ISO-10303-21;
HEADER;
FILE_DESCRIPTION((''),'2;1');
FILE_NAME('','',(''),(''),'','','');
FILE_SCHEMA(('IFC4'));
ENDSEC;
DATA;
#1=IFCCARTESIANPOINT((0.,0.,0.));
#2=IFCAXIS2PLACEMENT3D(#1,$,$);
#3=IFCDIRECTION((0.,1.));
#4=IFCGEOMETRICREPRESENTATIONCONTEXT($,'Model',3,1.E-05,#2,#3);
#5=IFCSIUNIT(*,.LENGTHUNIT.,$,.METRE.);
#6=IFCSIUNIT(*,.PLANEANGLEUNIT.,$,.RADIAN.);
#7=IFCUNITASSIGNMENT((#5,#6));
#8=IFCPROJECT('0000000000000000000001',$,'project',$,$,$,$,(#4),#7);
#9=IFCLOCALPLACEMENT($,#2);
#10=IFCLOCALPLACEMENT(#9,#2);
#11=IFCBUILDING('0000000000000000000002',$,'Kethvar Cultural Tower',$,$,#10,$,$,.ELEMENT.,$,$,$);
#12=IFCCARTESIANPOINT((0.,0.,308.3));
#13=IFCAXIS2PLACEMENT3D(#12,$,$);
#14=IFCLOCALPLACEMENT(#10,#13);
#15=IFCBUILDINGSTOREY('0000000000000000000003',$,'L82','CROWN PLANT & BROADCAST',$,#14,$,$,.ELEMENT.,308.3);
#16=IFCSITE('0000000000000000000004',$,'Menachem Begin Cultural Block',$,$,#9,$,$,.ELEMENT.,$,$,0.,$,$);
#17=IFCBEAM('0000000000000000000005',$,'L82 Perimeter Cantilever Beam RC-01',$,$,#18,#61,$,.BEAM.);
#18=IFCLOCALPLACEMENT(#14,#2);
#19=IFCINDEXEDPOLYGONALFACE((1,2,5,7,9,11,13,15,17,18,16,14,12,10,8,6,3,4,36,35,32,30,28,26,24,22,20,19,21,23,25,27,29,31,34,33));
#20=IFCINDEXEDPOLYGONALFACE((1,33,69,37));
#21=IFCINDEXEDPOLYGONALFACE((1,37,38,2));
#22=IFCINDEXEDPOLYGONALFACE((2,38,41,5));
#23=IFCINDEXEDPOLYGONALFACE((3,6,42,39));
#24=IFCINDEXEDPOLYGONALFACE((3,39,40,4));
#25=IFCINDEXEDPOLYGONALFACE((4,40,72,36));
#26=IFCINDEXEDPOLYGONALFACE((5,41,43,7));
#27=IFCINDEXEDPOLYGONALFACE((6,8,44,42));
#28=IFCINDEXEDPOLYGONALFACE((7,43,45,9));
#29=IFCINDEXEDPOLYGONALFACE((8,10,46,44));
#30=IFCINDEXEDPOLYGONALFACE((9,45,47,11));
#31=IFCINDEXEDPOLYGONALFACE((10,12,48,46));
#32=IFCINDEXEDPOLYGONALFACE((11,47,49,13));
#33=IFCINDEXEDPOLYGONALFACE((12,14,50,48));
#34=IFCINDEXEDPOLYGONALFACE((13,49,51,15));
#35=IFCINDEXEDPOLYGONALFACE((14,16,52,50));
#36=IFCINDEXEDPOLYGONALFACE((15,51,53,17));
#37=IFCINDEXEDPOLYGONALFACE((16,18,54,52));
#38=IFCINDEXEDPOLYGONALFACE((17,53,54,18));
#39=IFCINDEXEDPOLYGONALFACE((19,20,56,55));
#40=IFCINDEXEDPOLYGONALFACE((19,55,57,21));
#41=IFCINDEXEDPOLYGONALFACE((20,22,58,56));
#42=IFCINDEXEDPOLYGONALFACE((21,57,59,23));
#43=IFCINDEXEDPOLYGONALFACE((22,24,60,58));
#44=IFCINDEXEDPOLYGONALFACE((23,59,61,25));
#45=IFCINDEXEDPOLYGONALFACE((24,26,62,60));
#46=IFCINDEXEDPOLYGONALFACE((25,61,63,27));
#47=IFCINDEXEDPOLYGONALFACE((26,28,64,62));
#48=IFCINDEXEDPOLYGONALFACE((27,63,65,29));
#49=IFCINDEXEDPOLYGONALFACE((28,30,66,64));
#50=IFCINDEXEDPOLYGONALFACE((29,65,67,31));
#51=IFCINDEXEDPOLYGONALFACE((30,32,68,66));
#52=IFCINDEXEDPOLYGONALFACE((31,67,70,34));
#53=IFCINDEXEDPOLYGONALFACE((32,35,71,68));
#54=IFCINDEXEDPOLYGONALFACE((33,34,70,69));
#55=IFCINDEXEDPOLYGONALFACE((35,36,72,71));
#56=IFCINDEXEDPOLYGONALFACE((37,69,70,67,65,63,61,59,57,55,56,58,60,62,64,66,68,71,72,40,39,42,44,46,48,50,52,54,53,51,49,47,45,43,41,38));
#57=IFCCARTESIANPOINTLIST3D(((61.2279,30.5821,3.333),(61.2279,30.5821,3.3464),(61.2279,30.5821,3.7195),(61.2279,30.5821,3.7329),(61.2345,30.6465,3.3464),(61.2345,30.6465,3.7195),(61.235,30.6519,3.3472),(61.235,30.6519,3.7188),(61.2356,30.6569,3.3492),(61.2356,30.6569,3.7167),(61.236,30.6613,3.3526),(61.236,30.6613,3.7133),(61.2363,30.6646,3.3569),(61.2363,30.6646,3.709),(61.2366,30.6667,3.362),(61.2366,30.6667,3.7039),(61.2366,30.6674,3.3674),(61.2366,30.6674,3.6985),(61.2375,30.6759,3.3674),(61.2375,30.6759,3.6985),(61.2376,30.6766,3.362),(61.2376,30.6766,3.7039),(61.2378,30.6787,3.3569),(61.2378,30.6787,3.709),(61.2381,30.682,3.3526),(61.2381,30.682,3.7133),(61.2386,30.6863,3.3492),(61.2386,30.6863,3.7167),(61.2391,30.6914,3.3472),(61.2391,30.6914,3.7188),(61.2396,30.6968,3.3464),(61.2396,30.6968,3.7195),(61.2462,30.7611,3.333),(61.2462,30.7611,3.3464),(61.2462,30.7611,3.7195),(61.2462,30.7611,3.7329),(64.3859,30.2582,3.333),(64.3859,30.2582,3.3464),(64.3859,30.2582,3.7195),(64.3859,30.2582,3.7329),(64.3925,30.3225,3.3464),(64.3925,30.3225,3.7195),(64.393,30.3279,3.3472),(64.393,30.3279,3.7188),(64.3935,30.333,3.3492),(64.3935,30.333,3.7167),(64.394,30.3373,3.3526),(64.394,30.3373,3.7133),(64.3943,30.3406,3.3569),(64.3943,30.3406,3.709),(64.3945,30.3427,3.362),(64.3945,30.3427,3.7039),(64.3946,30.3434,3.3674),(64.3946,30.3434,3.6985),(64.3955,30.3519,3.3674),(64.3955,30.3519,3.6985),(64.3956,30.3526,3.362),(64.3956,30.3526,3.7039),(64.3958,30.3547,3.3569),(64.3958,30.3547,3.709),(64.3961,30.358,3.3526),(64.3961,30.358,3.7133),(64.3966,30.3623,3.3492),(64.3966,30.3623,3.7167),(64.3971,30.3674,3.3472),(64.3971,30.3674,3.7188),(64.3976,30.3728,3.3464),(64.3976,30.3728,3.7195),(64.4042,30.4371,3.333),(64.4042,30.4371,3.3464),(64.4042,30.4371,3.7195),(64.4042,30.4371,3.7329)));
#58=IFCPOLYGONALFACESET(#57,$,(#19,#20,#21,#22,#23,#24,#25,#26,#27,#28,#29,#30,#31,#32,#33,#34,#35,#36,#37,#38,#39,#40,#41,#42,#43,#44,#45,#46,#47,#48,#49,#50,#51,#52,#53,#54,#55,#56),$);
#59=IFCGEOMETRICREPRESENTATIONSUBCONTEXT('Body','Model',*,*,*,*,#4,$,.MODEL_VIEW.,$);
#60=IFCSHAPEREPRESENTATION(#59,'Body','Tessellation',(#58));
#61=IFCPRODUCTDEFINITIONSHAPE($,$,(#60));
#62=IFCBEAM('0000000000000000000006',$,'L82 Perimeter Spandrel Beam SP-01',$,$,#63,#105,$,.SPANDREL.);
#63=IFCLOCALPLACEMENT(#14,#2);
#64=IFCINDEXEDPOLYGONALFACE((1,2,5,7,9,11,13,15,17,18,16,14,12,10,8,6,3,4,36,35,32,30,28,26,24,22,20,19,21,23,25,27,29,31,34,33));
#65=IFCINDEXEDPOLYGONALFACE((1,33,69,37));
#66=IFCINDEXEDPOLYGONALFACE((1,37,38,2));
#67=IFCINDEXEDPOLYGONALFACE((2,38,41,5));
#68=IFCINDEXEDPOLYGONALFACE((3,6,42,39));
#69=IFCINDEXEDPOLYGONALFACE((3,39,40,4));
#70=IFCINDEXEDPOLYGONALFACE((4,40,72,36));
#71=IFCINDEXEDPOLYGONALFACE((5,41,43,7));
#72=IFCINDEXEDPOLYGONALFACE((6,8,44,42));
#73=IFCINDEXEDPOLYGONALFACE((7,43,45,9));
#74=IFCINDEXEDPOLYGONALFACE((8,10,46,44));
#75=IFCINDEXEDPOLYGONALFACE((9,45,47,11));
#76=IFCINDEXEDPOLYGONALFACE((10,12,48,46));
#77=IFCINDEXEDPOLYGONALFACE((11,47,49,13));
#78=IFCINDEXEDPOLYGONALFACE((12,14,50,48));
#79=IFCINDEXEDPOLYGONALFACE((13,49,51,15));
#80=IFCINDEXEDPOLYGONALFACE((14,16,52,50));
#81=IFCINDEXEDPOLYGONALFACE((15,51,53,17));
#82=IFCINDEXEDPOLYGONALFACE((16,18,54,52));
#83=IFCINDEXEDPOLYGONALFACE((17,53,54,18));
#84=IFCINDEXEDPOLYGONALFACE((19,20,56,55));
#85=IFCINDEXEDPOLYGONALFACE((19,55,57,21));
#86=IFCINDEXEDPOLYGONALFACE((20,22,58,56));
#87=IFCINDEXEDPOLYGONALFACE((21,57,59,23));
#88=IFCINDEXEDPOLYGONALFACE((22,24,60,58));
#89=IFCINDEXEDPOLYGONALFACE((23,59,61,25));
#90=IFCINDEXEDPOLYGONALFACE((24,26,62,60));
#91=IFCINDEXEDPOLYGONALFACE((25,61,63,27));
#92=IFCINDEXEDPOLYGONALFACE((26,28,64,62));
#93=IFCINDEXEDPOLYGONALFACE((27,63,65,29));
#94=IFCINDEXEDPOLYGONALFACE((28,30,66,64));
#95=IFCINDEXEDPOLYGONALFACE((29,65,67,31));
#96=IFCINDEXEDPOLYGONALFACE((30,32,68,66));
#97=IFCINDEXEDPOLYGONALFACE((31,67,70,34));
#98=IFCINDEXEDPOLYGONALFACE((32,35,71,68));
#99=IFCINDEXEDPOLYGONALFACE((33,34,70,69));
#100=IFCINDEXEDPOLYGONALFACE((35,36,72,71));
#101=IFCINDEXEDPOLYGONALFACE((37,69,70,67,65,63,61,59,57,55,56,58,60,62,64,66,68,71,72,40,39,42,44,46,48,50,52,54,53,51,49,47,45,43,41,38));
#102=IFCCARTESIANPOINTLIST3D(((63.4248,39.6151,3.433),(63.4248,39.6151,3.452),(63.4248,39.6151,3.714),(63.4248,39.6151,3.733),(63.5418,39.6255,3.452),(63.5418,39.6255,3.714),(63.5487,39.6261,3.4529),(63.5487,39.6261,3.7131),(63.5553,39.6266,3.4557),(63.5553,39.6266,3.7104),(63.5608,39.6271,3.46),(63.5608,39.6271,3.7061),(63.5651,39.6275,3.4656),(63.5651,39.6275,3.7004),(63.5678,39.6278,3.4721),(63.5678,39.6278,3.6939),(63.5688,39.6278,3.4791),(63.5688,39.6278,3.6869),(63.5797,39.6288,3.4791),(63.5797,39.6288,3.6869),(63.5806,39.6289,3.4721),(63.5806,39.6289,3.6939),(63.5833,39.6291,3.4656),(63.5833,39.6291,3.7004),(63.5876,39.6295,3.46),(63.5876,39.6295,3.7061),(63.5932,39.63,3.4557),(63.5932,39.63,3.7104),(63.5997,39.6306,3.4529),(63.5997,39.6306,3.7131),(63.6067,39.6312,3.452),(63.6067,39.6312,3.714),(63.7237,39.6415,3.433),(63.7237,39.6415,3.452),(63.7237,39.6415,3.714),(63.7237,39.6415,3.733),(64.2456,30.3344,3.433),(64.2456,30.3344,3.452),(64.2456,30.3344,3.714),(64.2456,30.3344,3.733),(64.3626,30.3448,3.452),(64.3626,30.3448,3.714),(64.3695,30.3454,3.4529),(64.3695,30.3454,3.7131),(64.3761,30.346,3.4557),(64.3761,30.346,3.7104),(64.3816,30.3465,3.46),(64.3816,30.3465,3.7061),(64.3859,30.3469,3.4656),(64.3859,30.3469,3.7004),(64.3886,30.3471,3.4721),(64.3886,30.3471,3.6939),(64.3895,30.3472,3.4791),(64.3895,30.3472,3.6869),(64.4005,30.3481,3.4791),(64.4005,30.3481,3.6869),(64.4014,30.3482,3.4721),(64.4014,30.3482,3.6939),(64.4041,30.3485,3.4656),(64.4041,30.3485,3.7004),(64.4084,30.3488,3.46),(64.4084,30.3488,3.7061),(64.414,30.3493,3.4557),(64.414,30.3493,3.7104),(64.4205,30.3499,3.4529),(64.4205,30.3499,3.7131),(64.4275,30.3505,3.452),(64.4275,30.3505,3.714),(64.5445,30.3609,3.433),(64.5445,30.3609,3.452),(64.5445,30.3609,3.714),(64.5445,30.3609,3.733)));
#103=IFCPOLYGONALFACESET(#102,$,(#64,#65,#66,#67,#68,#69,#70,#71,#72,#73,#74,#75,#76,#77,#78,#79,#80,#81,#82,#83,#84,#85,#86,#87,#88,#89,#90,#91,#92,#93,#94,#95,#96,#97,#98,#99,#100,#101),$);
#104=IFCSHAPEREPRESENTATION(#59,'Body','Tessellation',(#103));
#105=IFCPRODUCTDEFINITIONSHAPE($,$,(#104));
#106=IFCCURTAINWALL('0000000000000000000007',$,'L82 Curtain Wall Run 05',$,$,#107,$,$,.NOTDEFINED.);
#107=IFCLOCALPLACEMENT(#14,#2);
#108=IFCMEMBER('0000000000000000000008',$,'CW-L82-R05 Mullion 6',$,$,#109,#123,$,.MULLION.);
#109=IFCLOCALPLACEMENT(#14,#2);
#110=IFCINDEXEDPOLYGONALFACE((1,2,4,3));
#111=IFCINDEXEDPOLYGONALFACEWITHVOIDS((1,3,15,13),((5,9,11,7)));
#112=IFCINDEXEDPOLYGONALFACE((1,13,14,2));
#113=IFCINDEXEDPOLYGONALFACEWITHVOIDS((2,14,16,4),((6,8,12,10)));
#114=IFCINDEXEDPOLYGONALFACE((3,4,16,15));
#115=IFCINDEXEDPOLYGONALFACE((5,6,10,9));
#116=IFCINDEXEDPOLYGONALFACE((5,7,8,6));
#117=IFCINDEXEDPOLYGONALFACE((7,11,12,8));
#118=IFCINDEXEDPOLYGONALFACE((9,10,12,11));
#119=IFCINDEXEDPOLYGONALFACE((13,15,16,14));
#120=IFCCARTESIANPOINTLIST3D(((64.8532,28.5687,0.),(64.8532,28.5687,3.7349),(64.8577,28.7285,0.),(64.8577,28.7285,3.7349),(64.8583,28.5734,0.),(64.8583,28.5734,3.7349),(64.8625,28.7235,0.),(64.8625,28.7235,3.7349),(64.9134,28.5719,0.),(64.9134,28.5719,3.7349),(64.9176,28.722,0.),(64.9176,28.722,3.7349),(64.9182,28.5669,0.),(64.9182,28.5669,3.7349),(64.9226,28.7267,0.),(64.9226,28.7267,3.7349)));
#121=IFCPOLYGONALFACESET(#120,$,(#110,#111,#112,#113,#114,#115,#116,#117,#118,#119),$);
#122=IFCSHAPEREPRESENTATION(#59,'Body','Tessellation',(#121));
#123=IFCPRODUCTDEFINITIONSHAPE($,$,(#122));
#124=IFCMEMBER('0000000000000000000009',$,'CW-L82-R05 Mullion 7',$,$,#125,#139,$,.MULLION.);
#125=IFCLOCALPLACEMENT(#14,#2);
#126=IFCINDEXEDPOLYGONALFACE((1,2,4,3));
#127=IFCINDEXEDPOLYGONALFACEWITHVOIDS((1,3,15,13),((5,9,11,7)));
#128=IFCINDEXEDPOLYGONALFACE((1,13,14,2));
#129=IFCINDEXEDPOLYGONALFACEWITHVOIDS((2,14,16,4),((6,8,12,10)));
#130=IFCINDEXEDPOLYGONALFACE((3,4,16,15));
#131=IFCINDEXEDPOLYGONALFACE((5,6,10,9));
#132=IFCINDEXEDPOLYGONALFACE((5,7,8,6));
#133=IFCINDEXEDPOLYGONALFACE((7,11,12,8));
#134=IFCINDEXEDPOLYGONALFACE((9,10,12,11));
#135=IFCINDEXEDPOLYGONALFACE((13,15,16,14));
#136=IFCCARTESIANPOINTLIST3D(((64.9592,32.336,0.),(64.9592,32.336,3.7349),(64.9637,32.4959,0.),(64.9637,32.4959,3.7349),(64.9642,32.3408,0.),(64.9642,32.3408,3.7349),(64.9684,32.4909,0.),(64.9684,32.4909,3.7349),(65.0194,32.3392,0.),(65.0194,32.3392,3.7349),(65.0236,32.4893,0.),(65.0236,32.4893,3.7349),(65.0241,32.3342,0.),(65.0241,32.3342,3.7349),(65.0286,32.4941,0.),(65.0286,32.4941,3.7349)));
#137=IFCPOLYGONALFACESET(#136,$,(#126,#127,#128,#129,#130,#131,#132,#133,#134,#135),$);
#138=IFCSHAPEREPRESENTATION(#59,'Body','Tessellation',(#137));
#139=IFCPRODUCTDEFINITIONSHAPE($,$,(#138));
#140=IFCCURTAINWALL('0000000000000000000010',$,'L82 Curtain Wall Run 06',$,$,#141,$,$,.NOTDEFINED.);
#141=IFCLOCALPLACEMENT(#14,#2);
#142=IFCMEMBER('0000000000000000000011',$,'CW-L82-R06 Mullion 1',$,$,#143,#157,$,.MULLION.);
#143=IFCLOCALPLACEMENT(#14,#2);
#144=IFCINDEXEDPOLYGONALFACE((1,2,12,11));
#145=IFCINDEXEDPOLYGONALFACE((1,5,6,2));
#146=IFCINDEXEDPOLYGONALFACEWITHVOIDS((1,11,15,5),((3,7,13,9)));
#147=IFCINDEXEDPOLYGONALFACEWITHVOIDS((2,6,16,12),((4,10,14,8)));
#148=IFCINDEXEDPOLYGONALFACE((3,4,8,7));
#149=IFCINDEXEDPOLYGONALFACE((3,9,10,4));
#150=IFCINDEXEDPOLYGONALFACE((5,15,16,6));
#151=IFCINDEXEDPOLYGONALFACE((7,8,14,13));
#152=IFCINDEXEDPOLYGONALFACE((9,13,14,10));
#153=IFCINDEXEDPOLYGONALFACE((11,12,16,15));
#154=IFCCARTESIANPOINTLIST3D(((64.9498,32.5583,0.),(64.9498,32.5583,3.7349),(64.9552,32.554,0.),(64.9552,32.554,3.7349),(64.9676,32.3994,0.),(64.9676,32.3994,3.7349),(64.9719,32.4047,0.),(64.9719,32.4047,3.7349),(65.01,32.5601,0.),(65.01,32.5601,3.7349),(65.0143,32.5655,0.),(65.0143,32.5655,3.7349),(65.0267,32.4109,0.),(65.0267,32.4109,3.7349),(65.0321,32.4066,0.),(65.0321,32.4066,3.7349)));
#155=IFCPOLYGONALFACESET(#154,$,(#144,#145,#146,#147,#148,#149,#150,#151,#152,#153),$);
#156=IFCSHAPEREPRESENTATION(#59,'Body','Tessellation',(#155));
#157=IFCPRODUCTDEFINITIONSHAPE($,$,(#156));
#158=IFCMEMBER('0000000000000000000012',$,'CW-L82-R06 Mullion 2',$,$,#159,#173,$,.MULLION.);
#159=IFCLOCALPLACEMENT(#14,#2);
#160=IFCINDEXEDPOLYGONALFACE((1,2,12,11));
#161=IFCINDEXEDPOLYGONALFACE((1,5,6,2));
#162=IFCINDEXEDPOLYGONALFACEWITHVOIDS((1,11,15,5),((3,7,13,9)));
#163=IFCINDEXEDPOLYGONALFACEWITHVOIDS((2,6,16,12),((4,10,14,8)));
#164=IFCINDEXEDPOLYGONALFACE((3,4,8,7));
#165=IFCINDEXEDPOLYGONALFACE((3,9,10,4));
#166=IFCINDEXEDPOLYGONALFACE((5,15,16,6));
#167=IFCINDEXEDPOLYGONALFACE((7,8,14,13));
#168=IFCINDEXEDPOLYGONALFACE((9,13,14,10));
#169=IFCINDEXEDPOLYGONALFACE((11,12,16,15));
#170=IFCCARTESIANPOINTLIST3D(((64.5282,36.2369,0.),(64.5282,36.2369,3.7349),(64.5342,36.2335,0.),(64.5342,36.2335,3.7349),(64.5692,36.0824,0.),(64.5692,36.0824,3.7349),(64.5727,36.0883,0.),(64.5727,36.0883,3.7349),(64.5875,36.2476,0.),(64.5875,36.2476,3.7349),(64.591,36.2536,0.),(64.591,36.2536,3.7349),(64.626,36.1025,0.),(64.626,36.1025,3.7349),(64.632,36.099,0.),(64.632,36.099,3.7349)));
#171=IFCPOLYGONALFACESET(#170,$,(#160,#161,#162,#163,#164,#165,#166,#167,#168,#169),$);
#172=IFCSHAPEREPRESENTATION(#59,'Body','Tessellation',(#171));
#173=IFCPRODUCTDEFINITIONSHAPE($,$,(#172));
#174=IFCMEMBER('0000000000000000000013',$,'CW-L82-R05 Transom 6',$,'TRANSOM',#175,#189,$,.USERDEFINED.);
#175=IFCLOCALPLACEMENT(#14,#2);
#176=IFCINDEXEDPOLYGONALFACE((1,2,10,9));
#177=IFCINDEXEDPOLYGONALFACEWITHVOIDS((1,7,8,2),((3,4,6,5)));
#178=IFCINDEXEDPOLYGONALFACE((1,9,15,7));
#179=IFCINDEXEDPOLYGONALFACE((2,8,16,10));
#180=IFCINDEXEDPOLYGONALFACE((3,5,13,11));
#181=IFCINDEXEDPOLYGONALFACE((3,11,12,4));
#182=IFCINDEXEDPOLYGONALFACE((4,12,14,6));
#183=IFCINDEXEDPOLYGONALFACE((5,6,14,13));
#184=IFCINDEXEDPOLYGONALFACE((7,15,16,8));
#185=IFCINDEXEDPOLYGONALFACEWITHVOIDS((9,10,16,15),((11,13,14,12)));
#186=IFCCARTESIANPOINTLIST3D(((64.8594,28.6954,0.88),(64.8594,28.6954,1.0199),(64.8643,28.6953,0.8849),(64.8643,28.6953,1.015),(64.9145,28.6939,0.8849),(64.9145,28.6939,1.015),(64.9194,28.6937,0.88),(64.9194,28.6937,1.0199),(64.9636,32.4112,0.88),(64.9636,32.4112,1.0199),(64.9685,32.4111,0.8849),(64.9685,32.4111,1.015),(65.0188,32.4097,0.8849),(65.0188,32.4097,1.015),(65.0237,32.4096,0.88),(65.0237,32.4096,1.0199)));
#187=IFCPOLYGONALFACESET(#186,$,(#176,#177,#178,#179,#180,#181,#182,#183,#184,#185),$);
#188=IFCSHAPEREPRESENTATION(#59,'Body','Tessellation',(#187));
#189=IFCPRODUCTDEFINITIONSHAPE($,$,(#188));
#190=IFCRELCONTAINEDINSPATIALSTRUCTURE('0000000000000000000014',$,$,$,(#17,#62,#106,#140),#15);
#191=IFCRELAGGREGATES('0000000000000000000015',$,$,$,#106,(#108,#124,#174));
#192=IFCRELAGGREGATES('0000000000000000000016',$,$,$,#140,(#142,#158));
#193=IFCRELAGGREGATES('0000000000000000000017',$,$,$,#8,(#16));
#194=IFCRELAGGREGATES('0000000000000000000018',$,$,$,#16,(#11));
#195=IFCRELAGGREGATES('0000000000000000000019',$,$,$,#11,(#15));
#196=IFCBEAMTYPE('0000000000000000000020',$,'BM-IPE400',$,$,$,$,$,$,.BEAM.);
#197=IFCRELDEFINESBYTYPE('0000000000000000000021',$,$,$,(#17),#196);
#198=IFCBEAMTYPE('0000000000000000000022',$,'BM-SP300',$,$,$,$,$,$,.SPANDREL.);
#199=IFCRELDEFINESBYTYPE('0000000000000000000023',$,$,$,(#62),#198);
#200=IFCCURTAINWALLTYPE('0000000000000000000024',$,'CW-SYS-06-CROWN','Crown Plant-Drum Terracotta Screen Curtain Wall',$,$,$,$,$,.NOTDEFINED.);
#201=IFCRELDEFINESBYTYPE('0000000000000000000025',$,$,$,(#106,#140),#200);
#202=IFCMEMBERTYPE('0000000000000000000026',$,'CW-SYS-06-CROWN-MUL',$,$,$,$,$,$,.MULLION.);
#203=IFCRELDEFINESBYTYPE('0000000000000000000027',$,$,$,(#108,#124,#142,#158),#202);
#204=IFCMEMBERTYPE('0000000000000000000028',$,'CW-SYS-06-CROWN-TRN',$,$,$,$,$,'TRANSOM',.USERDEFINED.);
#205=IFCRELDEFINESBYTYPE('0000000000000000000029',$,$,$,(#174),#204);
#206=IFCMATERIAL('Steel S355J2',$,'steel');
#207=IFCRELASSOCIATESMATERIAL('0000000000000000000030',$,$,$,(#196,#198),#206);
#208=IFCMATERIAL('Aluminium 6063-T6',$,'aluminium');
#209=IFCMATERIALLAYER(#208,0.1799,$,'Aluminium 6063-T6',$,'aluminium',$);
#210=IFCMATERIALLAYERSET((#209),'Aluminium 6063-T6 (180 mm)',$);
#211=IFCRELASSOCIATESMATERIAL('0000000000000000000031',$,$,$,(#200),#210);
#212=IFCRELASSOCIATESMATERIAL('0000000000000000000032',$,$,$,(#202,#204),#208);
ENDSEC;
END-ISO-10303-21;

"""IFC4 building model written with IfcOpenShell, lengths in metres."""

from ifc_helpers import new_model, si_unit, direction, frame, origin, origin_2d, place, context, subcontext, project, spatial, hollow_rectangle, i_section, extrude, source, transform, mapped, material, layer, layer_set, material_profile, profile_set, type_object, element, aggregate, save


model = new_model("IFC4")

# Units and contexts
model_context = context("Model", 3, precision=1e-05, world=origin(), true_north=direction((0.0, 1.0)))
body_context = subcontext(model_context, "Body", "Model", "MODEL_VIEW")
ifc_project = project(units=[si_unit("LENGTHUNIT", "METRE"), si_unit("PLANEANGLEUNIT", "RADIAN")], contexts=[model_context])

# Site, building, storey
site_placement = place(None, origin())
site = spatial("IfcSite", under=ifc_project, at=site_placement, Name="Menachem Begin Cultural Block", CompositionType="ELEMENT", RefElevation=0.0)
building_placement = place(site_placement, origin())
building = spatial("IfcBuilding", under=site, at=building_placement, Name="Kethvar Cultural Tower", CompositionType="ELEMENT")
storey_placement = place(building_placement, frame((0.0, 0.0, 308.3)))
storey = spatial("IfcBuildingStorey", under=building, at=storey_placement, Name="L82", Description="CROWN PLANT & BROADCAST", CompositionType="ELEMENT", Elevation=308.3)

# Shared definitions
ifc_material_1 = material(Name="Steel S355J2", Category="steel")

# Beams
ifc_material_profile_1 = material_profile(ifc_material_1, i_section(OverallWidth=0.1799, OverallDepth=0.3999, WebThickness=0.0085, FlangeThickness=0.0134, FilletRadius=0.021, at=origin_2d()), Name="Steel S355J2 — IPE400")
ifc_profile_set_1 = profile_set([ifc_material_profile_1], Name="Steel S355J2 — IPE400")
beam_type_1 = type_object("IfcBeamType", Name="BM-IPE400", PredefinedType="BEAM", material=ifc_profile_set_1)
shared_shape_1 = source(origin(), body_context, "Body", "SweptSolid", [
    extrude(i_section(OverallWidth=0.1799, OverallDepth=0.3999, WebThickness=0.0085, FlangeThickness=0.0134, FilletRadius=0.021, at=origin_2d()), origin(), (0.0, 0.0, 1.0), 3.1746),
])
beam_1_placement = place(storey_placement, frame((61.2371, 30.6716, 3.533), z_axis=(0.994779, -0.102054, 0.0), x_axis=(0.102054, 0.994779, 0.0)))
element("IfcBeam", 1, at=beam_1_placement, inside=storey, type_object=beam_type_1, Name="L82 Perimeter Cantilever Beam RC-01", PredefinedType="BEAM", context=body_context, shape_type="MappedRepresentation", body=[
    mapped(shared_shape_1, transform((0.0, 0.0, 0.0), scale=1.0)),
])
ifc_material_profile_2 = material_profile(ifc_material_1, i_section(OverallWidth=0.3, OverallDepth=0.3, WebThickness=0.011, FlangeThickness=0.019, FilletRadius=0.0271, at=origin_2d()), Name="Steel S355J2 — HEB300")
ifc_profile_set_2 = profile_set([ifc_material_profile_2], Name="Steel S355J2 — HEB300")
beam_type_2 = type_object("IfcBeamType", Name="BM-SP300", PredefinedType="SPANDREL", material=ifc_profile_set_2)
shared_shape_2 = source(origin(), body_context, "Body", "SweptSolid", [
    extrude(i_section(OverallWidth=0.3, OverallDepth=0.3, WebThickness=0.011, FlangeThickness=0.019, FilletRadius=0.0271, at=origin_2d()), origin(), (0.0, 0.0, 1.0), 9.3169),
])
beam_2_placement = place(storey_placement, frame((64.395, 30.3477, 3.583), z_axis=(-0.088097, 0.996112, 0.0), x_axis=(-0.996112, -0.088097, 0.0)))
element("IfcBeam", 2, at=beam_2_placement, inside=storey, type_object=beam_type_2, Name="L82 Perimeter Spandrel Beam SP-01", PredefinedType="SPANDREL", context=body_context, shape_type="MappedRepresentation", body=[
    mapped(shared_shape_2, transform((0.0, 0.0, 0.0), scale=1.0)),
])

# Curtain walls, members
ifc_material_2 = material(Name="Aluminium 6063-T6", Category="aluminium")
ifc_layer_1 = layer(ifc_material_2, 0.1799, Name="Aluminium 6063-T6", Category="aluminium")
ifc_layer_set_1 = layer_set([ifc_layer_1], Name="Aluminium 6063-T6 (180 mm)")
curtain_wall_type = type_object("IfcCurtainWallType", Name="CW-SYS-06-CROWN", Description="Crown Plant-Drum Terracotta Screen Curtain Wall", PredefinedType="NOTDEFINED", material=ifc_layer_set_1)
curtain_wall_1_placement = place(storey_placement, origin())
curtain_wall_1 = element("IfcCurtainWall", 3, at=curtain_wall_1_placement, inside=storey, type_object=curtain_wall_type, Name="L82 Curtain Wall Run 05", PredefinedType="NOTDEFINED")
ifc_material_profile_3 = material_profile(ifc_material_2, hollow_rectangle(XDim=0.0649, YDim=0.1599, WallThickness=0.0049, at=origin_2d()), Name="Aluminium 6063-T6 — RHS160x65x5")
ifc_profile_set_3 = profile_set([ifc_material_profile_3], Name="Aluminium 6063-T6 — RHS160x65x5")
member_type_1 = type_object("IfcMemberType", Name="CW-SYS-06-CROWN-MUL", PredefinedType="MULLION", material=ifc_profile_set_3)
shared_shape_3 = source(origin(), body_context, "Body", "SweptSolid", [
    extrude(hollow_rectangle(XDim=0.0649, YDim=0.1599, WallThickness=0.0049, at=origin_2d()), origin(), (0.0, 0.0, 1.0), 3.7349),
])
member_1_placement = place(storey_placement, frame((64.8879, 28.6477, 0.0), z_axis=(0.0, 0.0, 1.0), x_axis=(-0.999605, 0.028096, 0.0)))
member_1 = element("IfcMember", 4, at=member_1_placement, type_object=member_type_1, Name="CW-L82-R05 Mullion 6", PredefinedType="MULLION", context=body_context, shape_type="MappedRepresentation", body=[
    mapped(shared_shape_3, transform((0.0, 0.0, 0.0), scale=1.0)),
])
member_2_placement = place(storey_placement, frame((64.9939, 32.415, 0.0), z_axis=(0.0, 0.0, 1.0), x_axis=(-0.999605, 0.028096, 0.0)))
member_2 = element("IfcMember", 5, at=member_2_placement, type_object=member_type_1, Name="CW-L82-R05 Mullion 7", PredefinedType="MULLION", context=body_context, shape_type="MappedRepresentation", body=[
    mapped(shared_shape_3, transform((0.0, 0.0, 0.0), scale=1.0)),
])
curtain_wall_2_placement = place(storey_placement, origin())
curtain_wall_2 = element("IfcCurtainWall", 6, at=curtain_wall_2_placement, inside=storey, type_object=curtain_wall_type, Name="L82 Curtain Wall Run 06", PredefinedType="NOTDEFINED")
member_3_placement = place(storey_placement, frame((64.991, 32.4824, 0.0), z_axis=(0.0, 0.0, 1.0), x_axis=(-0.993799, -0.111191, 0.0)))
member_3 = element("IfcMember", 7, at=member_3_placement, type_object=member_type_1, Name="CW-L82-R06 Mullion 1", PredefinedType="MULLION", context=body_context, shape_type="MappedRepresentation", body=[
    mapped(shared_shape_3, transform((0.0, 0.0, 0.0), scale=1.0)),
])
member_4_placement = place(storey_placement, frame((64.5801, 36.168, 0.0), z_axis=(0.0, 0.0, 1.0), x_axis=(-0.966582, -0.256357, 0.0)))
member_4 = element("IfcMember", 8, at=member_4_placement, type_object=member_type_1, Name="CW-L82-R06 Mullion 2", PredefinedType="MULLION", context=body_context, shape_type="MappedRepresentation", body=[
    mapped(shared_shape_3, transform((0.0, 0.0, 0.0), scale=1.0)),
])

# Member
ifc_material_profile_4 = material_profile(ifc_material_2, hollow_rectangle(XDim=0.0601, YDim=0.1399, WallThickness=0.0049, at=origin_2d()), Name="Aluminium 6063-T6 — RHS140x60x5")
ifc_profile_set_4 = profile_set([ifc_material_profile_4], Name="Aluminium 6063-T6 — RHS140x60x5")
member_type_2 = type_object("IfcMemberType", Name="CW-SYS-06-CROWN-TRN", ElementType="TRANSOM", PredefinedType="USERDEFINED", material=ifc_profile_set_4)
shared_shape_4 = source(origin(), body_context, "Body", "SweptSolid", [
    extrude(hollow_rectangle(XDim=0.0601, YDim=0.1399, WallThickness=0.0049, at=origin_2d()), origin(), (0.0, 0.0, 1.0), 3.7173),
])
member_5_placement = place(storey_placement, frame((64.8894, 28.6946, 0.95), z_axis=(0.028044, 0.999607, 0.0), x_axis=(-0.999607, 0.028044, 0.0)))
member_5 = element("IfcMember", 9, at=member_5_placement, type_object=member_type_2, Name="CW-L82-R05 Transom 6", ObjectType="TRANSOM", PredefinedType="USERDEFINED", context=body_context, shape_type="MappedRepresentation", body=[
    mapped(shared_shape_4, transform((0.0, 0.0, 0.0), scale=1.0)),
])

aggregate(curtain_wall_1, [member_1, member_2, member_5])
aggregate(curtain_wall_2, [member_3, member_4])

save(model, "model.ifc")
